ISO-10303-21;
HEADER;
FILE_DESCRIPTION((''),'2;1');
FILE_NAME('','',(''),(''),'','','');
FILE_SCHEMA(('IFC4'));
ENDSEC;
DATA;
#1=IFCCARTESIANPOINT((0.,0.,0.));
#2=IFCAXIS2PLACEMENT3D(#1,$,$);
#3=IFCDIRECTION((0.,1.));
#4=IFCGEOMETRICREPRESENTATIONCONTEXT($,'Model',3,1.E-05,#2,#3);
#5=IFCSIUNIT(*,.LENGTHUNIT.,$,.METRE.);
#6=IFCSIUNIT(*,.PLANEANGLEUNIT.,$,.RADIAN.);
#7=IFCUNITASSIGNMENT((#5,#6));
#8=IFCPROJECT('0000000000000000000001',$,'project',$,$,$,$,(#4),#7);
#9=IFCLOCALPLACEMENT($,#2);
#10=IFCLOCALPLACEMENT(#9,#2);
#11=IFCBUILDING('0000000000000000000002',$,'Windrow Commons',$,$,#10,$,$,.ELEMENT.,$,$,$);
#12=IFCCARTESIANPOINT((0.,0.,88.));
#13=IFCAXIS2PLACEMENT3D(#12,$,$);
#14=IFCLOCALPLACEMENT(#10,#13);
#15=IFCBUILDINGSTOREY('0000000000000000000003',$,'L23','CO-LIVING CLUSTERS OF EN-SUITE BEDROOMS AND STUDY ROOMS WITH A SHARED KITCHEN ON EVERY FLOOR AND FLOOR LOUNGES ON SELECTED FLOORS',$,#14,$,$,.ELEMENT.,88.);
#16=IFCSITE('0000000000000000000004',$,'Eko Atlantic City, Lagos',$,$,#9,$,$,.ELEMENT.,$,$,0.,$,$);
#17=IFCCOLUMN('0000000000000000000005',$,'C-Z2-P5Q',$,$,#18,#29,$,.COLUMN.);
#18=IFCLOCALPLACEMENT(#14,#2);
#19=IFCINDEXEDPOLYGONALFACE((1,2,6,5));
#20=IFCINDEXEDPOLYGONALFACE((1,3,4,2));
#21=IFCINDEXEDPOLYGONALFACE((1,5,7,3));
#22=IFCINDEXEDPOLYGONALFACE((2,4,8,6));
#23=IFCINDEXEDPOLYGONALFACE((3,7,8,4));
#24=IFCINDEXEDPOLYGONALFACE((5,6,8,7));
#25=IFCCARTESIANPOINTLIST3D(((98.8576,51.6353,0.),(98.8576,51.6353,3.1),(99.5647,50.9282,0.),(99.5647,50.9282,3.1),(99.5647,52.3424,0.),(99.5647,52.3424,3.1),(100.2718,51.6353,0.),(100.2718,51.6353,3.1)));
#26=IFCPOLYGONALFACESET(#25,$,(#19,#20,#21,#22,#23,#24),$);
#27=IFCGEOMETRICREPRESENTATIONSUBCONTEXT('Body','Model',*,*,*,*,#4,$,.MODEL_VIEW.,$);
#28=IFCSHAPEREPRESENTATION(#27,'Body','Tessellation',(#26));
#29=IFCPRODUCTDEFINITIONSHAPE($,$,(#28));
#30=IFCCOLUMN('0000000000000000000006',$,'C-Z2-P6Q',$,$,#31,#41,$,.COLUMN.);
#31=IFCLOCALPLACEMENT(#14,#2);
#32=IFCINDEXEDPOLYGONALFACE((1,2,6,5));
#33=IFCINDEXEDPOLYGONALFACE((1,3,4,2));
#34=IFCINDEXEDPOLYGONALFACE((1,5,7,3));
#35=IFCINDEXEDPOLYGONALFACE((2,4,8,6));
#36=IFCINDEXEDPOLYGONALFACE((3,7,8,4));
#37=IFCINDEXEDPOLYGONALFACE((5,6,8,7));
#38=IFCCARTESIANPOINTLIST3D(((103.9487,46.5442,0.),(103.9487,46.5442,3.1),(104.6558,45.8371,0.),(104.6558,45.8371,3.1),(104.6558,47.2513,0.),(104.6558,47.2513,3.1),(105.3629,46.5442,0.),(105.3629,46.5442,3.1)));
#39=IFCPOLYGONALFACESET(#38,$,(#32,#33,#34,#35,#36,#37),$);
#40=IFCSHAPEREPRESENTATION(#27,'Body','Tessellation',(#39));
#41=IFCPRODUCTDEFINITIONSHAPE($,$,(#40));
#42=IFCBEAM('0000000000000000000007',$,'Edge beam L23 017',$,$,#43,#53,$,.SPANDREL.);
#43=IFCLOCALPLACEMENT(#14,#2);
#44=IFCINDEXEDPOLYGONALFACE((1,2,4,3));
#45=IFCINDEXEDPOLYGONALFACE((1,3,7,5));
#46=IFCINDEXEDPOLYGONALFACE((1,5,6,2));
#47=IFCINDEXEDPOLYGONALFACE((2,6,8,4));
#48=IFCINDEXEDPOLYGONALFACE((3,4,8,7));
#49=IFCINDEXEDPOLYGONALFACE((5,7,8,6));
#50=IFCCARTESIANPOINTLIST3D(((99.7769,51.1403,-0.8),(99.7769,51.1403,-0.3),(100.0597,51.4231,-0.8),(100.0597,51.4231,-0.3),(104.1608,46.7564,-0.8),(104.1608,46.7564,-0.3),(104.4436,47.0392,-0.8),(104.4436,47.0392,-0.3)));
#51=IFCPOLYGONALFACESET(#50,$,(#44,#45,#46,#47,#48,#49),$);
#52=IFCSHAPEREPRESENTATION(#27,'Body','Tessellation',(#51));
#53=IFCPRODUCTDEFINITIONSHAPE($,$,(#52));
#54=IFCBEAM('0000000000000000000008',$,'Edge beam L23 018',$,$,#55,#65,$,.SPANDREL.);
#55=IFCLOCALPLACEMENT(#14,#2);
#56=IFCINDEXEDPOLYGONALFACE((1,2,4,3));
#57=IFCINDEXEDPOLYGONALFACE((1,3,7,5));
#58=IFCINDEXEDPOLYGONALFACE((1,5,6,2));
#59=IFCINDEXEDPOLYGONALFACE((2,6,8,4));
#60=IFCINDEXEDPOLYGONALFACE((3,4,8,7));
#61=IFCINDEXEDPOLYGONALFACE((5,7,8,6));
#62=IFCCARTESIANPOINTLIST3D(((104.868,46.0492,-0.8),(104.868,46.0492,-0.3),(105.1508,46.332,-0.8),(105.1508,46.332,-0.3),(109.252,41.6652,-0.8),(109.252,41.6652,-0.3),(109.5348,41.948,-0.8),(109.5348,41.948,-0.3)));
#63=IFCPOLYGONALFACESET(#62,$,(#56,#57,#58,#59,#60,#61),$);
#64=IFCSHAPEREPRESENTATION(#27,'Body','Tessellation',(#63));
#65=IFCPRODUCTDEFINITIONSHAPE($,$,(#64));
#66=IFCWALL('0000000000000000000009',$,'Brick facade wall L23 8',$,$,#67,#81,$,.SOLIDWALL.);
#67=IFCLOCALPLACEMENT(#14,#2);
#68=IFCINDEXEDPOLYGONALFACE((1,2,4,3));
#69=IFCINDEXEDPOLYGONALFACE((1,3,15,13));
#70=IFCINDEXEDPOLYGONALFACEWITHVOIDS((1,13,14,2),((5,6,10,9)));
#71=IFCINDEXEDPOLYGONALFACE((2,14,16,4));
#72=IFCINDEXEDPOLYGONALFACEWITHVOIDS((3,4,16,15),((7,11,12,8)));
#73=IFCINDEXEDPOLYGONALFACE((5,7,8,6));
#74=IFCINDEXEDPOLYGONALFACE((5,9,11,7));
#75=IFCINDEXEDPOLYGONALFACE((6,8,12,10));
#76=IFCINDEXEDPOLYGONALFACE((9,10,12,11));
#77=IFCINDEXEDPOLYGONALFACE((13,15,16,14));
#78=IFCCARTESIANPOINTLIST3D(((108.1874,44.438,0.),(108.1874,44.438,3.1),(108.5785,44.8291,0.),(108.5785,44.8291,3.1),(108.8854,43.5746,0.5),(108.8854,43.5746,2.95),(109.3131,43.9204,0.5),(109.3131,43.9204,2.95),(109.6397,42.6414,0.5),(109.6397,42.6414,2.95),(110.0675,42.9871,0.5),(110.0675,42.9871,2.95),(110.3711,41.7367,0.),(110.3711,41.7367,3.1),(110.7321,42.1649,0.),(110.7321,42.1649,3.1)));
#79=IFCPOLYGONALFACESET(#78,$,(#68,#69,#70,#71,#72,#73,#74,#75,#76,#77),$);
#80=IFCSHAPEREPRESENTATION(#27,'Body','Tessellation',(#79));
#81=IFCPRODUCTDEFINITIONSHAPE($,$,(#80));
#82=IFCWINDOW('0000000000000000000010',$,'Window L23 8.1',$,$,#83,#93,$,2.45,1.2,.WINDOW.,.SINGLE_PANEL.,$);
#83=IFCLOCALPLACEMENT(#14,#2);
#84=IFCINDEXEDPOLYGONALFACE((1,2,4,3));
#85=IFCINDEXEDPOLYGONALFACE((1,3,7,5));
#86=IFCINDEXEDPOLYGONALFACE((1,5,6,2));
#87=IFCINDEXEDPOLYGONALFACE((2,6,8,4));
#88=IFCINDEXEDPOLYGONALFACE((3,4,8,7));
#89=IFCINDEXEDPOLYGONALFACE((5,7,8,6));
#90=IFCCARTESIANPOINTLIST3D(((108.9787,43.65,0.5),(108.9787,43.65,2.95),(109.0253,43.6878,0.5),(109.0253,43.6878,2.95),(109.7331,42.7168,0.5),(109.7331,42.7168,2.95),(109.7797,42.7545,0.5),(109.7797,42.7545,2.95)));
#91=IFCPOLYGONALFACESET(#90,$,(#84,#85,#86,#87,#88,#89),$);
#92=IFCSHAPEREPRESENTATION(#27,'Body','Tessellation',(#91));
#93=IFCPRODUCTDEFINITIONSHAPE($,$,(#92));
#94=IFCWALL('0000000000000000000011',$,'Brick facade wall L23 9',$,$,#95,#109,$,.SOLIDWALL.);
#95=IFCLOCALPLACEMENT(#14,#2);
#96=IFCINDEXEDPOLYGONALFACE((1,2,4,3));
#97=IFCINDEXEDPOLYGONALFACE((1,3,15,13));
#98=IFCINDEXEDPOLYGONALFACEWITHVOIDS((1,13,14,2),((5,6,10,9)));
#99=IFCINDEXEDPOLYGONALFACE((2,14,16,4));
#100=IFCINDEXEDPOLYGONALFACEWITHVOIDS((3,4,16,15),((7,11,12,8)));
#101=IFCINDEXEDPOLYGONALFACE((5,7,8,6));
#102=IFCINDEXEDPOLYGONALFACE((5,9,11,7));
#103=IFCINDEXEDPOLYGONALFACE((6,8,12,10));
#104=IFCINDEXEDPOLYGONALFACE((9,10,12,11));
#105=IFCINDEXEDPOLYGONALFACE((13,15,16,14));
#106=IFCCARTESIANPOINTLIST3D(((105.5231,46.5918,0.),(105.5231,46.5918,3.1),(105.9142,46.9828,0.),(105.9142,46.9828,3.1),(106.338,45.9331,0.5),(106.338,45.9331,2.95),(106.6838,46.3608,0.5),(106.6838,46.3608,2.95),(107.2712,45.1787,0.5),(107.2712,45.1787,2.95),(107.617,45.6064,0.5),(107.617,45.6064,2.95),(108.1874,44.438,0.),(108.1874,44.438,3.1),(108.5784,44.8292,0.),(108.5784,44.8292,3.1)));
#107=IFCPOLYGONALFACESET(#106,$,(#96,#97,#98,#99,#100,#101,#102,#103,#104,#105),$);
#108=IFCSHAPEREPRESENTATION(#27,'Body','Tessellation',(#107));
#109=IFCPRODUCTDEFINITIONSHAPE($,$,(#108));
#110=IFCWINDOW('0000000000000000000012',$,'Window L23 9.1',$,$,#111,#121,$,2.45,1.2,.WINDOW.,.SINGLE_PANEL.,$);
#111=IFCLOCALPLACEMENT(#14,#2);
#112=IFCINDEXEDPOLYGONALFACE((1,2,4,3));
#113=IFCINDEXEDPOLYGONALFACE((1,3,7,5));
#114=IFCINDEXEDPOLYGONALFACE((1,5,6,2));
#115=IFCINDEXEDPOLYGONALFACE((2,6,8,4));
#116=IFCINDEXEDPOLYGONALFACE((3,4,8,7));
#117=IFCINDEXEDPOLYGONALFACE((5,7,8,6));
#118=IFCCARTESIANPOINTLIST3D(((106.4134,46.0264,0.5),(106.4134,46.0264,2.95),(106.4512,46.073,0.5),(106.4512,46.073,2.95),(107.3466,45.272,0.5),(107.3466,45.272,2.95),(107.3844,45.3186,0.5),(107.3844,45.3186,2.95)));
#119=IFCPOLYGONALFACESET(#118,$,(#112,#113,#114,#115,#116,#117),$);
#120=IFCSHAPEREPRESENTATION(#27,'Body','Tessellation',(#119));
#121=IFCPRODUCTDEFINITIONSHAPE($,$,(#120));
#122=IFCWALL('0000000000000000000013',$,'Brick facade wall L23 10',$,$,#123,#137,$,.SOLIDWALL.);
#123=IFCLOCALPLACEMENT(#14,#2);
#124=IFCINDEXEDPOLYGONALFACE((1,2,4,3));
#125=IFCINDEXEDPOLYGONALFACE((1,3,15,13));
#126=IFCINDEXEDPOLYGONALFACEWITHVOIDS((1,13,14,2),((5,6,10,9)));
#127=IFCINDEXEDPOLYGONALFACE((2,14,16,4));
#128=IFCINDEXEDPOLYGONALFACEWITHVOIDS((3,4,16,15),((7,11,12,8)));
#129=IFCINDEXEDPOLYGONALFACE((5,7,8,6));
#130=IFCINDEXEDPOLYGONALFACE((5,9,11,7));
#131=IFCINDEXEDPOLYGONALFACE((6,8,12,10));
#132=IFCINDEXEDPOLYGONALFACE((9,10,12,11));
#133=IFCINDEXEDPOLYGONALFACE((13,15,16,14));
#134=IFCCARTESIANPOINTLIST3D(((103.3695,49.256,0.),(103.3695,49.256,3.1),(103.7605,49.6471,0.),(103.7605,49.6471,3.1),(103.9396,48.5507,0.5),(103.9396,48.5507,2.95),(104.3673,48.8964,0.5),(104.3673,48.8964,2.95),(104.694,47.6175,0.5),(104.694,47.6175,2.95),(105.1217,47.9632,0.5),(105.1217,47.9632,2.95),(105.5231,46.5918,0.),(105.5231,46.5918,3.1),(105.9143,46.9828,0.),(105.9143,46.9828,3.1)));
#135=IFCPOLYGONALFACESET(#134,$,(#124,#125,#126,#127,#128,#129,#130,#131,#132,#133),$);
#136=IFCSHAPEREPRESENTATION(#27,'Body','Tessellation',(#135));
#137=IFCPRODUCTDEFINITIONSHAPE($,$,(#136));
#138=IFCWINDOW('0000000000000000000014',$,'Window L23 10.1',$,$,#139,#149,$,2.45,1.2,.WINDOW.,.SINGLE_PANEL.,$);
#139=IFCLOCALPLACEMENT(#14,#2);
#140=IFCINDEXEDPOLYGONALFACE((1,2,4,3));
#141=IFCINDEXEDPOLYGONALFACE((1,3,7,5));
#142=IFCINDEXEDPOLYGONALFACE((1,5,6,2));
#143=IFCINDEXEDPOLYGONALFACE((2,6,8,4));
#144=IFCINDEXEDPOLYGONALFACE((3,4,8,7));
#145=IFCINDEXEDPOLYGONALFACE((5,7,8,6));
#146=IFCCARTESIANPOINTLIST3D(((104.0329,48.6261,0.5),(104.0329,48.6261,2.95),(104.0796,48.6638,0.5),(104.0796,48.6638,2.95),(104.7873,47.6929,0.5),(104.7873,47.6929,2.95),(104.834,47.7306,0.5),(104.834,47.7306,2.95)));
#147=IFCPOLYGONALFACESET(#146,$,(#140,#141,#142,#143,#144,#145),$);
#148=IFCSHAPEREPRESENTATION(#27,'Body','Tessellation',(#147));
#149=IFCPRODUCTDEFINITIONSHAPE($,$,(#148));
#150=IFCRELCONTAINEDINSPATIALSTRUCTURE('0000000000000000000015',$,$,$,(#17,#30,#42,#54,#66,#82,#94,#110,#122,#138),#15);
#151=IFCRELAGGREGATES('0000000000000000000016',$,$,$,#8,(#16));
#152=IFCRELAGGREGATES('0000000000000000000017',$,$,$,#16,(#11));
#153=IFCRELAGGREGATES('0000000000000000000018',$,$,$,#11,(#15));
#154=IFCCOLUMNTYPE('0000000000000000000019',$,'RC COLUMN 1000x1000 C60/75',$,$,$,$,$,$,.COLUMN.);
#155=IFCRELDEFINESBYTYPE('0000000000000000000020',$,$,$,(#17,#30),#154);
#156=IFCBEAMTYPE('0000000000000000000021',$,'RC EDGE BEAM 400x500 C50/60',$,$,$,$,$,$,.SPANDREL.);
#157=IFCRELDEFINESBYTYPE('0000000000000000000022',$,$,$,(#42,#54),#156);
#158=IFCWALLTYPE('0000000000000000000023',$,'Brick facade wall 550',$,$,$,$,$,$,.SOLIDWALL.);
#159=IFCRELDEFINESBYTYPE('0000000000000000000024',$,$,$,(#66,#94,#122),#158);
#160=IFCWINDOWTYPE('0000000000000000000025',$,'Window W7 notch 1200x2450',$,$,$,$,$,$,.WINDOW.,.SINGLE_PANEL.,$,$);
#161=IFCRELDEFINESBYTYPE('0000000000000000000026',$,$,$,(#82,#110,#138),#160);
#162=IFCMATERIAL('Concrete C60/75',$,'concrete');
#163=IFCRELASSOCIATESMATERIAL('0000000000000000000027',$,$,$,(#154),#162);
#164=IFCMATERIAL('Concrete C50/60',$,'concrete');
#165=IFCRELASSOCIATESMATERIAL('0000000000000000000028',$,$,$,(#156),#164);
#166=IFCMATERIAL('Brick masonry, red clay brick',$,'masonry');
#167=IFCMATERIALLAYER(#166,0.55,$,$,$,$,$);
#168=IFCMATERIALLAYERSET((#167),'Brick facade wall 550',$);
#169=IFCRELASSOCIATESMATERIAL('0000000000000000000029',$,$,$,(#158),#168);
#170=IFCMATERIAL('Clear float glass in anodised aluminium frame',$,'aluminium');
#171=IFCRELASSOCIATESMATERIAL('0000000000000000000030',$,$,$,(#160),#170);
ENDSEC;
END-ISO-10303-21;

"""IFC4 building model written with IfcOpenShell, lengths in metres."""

from ifc_helpers import new_model, si_unit, direction, frame, frame_2d, origin, origin_2d, place, context, subcontext, project, spatial, polyline, rectangle, outline, extrude, material, layer, layer_set, material_profile, profile_set, type_object, element, fill, save


model = new_model("IFC4")

# Units and contexts
model_context = context("Model", 3, precision=1e-05, world=origin(), true_north=direction((0.0, 1.0)))
body_context = subcontext(model_context, "Body", "Model", "MODEL_VIEW")
ifc_project = project(units=[si_unit("LENGTHUNIT", "METRE"), si_unit("PLANEANGLEUNIT", "RADIAN")], contexts=[model_context])

# Site, building, storey
site_placement = place(None, origin())
site = spatial("IfcSite", under=ifc_project, at=site_placement, Name="Eko Atlantic City, Lagos", CompositionType="ELEMENT", RefElevation=0.0)
building_placement = place(site_placement, origin())
building = spatial("IfcBuilding", under=site, at=building_placement, Name="Windrow Commons", CompositionType="ELEMENT")
storey_placement = place(building_placement, frame((0.0, 0.0, 88.0)))
storey = spatial("IfcBuildingStorey", under=building, at=storey_placement, Name="L23", Description="CO-LIVING CLUSTERS OF EN-SUITE BEDROOMS AND STUDY ROOMS WITH A SHARED KITCHEN ON EVERY FLOOR AND FLOOR LOUNGES ON SELECTED FLOORS", CompositionType="ELEMENT", Elevation=88.0)

# Columns
ifc_material_1 = material(Name="Concrete C60/75", Category="concrete")
ifc_material_profile_1 = material_profile(ifc_material_1, rectangle(XDim=1.0, YDim=1.0, at=origin_2d()))
ifc_profile_set_1 = profile_set([ifc_material_profile_1], Name="Concrete C60/75")
column_type = type_object("IfcColumnType", Name="RC COLUMN 1000x1000 C60/75", PredefinedType="COLUMN", material=ifc_profile_set_1)
for number, where, z_axis, x_axis, name in (
    (1, (99.5647, 51.6353, 0.0), (0.0, 0.0, 1.0), (0.707107, -0.707107, 0.0), "C-Z2-P5Q"),
    (2, (104.6558, 46.5442, 0.0), (0.0, 0.0, 1.0), (0.707107, -0.707107, 0.0), "C-Z2-P6Q"),
):
    element("IfcColumn", number, at=place(storey_placement, frame(where, z_axis=z_axis, x_axis=x_axis)), inside=storey, type_object=column_type, Name=name, PredefinedType="COLUMN", context=body_context, shape_type="SweptSolid", body=[
        extrude(rectangle(XDim=1.0, YDim=1.0, at=origin_2d()), origin(), (0.0, 0.0, 1.0), 3.1),
    ])

# Beams
ifc_material_2 = material(Name="Concrete C50/60", Category="concrete")
ifc_material_profile_2 = material_profile(ifc_material_2, rectangle(XDim=0.4, YDim=0.5, at=origin_2d()))
ifc_profile_set_2 = profile_set([ifc_material_profile_2], Name="Concrete C50/60")
beam_type = type_object("IfcBeamType", Name="RC EDGE BEAM 400x500 C50/60", PredefinedType="SPANDREL", material=ifc_profile_set_2)
beam_1_placement = place(storey_placement, frame((99.9183, 51.2817, -0.55), z_axis=(0.707107, -0.707107, 0.0), x_axis=(0.707107, 0.707107, 0.0)))
element("IfcBeam", 3, at=beam_1_placement, inside=storey, type_object=beam_type, Name="Edge beam L23 017", PredefinedType="SPANDREL", context=body_context, shape_type="SweptSolid", body=[
    extrude(rectangle(XDim=0.4, YDim=0.5, at=origin_2d()), origin(), (0.0, 0.0, 1.0), 6.1998),
])
beam_2_placement = place(storey_placement, frame((105.0094, 46.1906, -0.55), z_axis=(0.707107, -0.707107, 0.0), x_axis=(0.707107, 0.707107, 0.0)))
element("IfcBeam", 4, at=beam_2_placement, inside=storey, type_object=beam_type, Name="Edge beam L23 018", PredefinedType="SPANDREL", context=body_context, shape_type="SweptSolid", body=[
    extrude(rectangle(XDim=0.4, YDim=0.5, at=origin_2d()), origin(), (0.0, 0.0, 1.0), 6.1999),
])

# Walls, openings, windows
ifc_material_3 = material(Name="Brick masonry, red clay brick", Category="masonry")
ifc_layer_1 = layer(ifc_material_3, 0.55)
ifc_layer_set_1 = layer_set([ifc_layer_1], Name="Brick facade wall 550")
wall_type_1 = type_object("IfcWallType", Name="Brick facade wall 550", PredefinedType="SOLIDWALL", material=ifc_layer_set_1)
wall_1_placement = place(storey_placement, frame((110.5516, 41.9508, 0.0), z_axis=(0.0, 0.0, 1.0), x_axis=(-0.628657, 0.777683, 0.0)))
wall_1 = element("IfcWall", 5, at=wall_1_placement, inside=storey, type_object=wall_type_1, Name="Brick facade wall L23 8", PredefinedType="SOLIDWALL", context=body_context, shape_type="SweptSolid", body=[
    extrude(outline(polyline([(0.053, -0.275), (3.4788, -0.275), (3.4205, 0.275), (-0.053, 0.275), (0.053, -0.275)])), origin(), (0.0, 0.0, 1.0), 3.1),
])
opening_1_placement = place(wall_1_placement, frame((1.1103, 0.0, 0.5)))
opening_1 = element("IfcOpeningElement", 6, at=opening_1_placement, cuts=wall_1, PredefinedType="OPENING", context=body_context, shape_type="SweptSolid", body=[
    extrude(rectangle(XDim=1.2, YDim=2.45, at=frame_2d((0.6, 1.225))), frame((0.0, 0.285, 0.0), z_axis=(0.0, -1.0, 0.0), x_axis=(1.0, 0.0, 0.0)), (0.0, 0.0, 1.0), 0.57),
])
ifc_material_4 = material(Name="Clear float glass in anodised aluminium frame", Category="aluminium")
window_type = type_object("IfcWindowType", Name="Window W7 notch 1200x2450", PartitioningType="SINGLE_PANEL", PredefinedType="WINDOW", material=ifc_material_4)
window_1_placement = place(opening_1_placement, origin())
window_1 = element("IfcWindow", 7, at=window_1_placement, inside=storey, type_object=window_type, Name="Window L23 8.1", OverallHeight=2.45, OverallWidth=1.2, PartitioningType="SINGLE_PANEL", PredefinedType="WINDOW", context=body_context, shape_type="SweptSolid", body=[
    extrude(rectangle(XDim=1.2, YDim=2.45, at=frame_2d((0.6, 1.225))), frame((0.0, 0.155, 0.0), z_axis=(0.0, -1.0, 0.0), x_axis=(1.0, 0.0, 0.0)), (0.0, 0.0, 1.0), 0.06),
])
fill(opening_1, window_1)
wall_2_placement = place(storey_placement, frame((108.3829, 44.6336, 0.0), z_axis=(0.0, 0.0, 1.0), x_axis=(-0.777678, 0.628663, 0.0)))
wall_2 = element("IfcWall", 8, at=wall_2_placement, inside=storey, type_object=wall_type_1, Name="Brick facade wall L23 9", PredefinedType="SOLIDWALL", context=body_context, shape_type="SweptSolid", body=[
    extrude(outline(polyline([(-0.0291, -0.275), (3.3967, -0.275), (3.455, 0.275), (0.0291, 0.275), (-0.0291, -0.275)])), origin(), (0.0, 0.0, 1.0), 3.1),
])
opening_2_placement = place(wall_2_placement, frame((1.2072, 0.0, 0.5)))
opening_2 = element("IfcOpeningElement", 9, at=opening_2_placement, cuts=wall_2, PredefinedType="OPENING", context=body_context, shape_type="SweptSolid", body=[
    extrude(rectangle(XDim=1.2, YDim=2.45, at=frame_2d((0.6, 1.225))), frame((0.0, 0.285, 0.0), z_axis=(0.0, -1.0, 0.0), x_axis=(1.0, 0.0, 0.0)), (0.0, 0.0, 1.0), 0.57),
])
window_2_placement = place(opening_2_placement, origin())
window_2 = element("IfcWindow", 10, at=window_2_placement, inside=storey, type_object=window_type, Name="Window L23 9.1", OverallHeight=2.45, OverallWidth=1.2, PartitioningType="SINGLE_PANEL", PredefinedType="WINDOW", context=body_context, shape_type="SweptSolid", body=[
    extrude(rectangle(XDim=1.2, YDim=2.45, at=frame_2d((0.6, 1.225))), frame((0.0, 0.155, 0.0), z_axis=(0.0, -1.0, 0.0), x_axis=(1.0, 0.0, 0.0)), (0.0, 0.0, 1.0), 0.06),
])
fill(opening_2, window_2)
wall_3_placement = place(storey_placement, frame((105.7187, 46.7873, 0.0), z_axis=(0.0, 0.0, 1.0), x_axis=(-0.628663, 0.777678, 0.0)))
wall_3 = element("IfcWall", 11, at=wall_3_placement, inside=storey, type_object=wall_type_1, Name="Brick facade wall L23 10", PredefinedType="SOLIDWALL", context=body_context, shape_type="SweptSolid", body=[
    extrude(outline(polyline([(0.0291, -0.275), (3.455, -0.275), (3.3967, 0.275), (-0.0291, 0.275), (0.0291, -0.275)])), origin(), (0.0, 0.0, 1.0), 3.1),
])
opening_3_placement = place(wall_3_placement, frame((1.2898, 0.0, 0.5)))
opening_3 = element("IfcOpeningElement", 12, at=opening_3_placement, cuts=wall_3, PredefinedType="OPENING", context=body_context, shape_type="SweptSolid", body=[
    extrude(rectangle(XDim=1.2, YDim=2.45, at=frame_2d((0.6, 1.225))), frame((0.0, 0.285, 0.0), z_axis=(0.0, -1.0, 0.0), x_axis=(1.0, 0.0, 0.0)), (0.0, 0.0, 1.0), 0.57),
])
window_3_placement = place(opening_3_placement, origin())
window_3 = element("IfcWindow", 13, at=window_3_placement, inside=storey, type_object=window_type, Name="Window L23 10.1", OverallHeight=2.45, OverallWidth=1.2, PartitioningType="SINGLE_PANEL", PredefinedType="WINDOW", context=body_context, shape_type="SweptSolid", body=[
    extrude(rectangle(XDim=1.2, YDim=2.45, at=frame_2d((0.6, 1.225))), frame((0.0, 0.155, 0.0), z_axis=(0.0, -1.0, 0.0), x_axis=(1.0, 0.0, 0.0)), (0.0, 0.0, 1.0), 0.06),
])
fill(opening_3, window_3)

save(model, "model.ifc")
